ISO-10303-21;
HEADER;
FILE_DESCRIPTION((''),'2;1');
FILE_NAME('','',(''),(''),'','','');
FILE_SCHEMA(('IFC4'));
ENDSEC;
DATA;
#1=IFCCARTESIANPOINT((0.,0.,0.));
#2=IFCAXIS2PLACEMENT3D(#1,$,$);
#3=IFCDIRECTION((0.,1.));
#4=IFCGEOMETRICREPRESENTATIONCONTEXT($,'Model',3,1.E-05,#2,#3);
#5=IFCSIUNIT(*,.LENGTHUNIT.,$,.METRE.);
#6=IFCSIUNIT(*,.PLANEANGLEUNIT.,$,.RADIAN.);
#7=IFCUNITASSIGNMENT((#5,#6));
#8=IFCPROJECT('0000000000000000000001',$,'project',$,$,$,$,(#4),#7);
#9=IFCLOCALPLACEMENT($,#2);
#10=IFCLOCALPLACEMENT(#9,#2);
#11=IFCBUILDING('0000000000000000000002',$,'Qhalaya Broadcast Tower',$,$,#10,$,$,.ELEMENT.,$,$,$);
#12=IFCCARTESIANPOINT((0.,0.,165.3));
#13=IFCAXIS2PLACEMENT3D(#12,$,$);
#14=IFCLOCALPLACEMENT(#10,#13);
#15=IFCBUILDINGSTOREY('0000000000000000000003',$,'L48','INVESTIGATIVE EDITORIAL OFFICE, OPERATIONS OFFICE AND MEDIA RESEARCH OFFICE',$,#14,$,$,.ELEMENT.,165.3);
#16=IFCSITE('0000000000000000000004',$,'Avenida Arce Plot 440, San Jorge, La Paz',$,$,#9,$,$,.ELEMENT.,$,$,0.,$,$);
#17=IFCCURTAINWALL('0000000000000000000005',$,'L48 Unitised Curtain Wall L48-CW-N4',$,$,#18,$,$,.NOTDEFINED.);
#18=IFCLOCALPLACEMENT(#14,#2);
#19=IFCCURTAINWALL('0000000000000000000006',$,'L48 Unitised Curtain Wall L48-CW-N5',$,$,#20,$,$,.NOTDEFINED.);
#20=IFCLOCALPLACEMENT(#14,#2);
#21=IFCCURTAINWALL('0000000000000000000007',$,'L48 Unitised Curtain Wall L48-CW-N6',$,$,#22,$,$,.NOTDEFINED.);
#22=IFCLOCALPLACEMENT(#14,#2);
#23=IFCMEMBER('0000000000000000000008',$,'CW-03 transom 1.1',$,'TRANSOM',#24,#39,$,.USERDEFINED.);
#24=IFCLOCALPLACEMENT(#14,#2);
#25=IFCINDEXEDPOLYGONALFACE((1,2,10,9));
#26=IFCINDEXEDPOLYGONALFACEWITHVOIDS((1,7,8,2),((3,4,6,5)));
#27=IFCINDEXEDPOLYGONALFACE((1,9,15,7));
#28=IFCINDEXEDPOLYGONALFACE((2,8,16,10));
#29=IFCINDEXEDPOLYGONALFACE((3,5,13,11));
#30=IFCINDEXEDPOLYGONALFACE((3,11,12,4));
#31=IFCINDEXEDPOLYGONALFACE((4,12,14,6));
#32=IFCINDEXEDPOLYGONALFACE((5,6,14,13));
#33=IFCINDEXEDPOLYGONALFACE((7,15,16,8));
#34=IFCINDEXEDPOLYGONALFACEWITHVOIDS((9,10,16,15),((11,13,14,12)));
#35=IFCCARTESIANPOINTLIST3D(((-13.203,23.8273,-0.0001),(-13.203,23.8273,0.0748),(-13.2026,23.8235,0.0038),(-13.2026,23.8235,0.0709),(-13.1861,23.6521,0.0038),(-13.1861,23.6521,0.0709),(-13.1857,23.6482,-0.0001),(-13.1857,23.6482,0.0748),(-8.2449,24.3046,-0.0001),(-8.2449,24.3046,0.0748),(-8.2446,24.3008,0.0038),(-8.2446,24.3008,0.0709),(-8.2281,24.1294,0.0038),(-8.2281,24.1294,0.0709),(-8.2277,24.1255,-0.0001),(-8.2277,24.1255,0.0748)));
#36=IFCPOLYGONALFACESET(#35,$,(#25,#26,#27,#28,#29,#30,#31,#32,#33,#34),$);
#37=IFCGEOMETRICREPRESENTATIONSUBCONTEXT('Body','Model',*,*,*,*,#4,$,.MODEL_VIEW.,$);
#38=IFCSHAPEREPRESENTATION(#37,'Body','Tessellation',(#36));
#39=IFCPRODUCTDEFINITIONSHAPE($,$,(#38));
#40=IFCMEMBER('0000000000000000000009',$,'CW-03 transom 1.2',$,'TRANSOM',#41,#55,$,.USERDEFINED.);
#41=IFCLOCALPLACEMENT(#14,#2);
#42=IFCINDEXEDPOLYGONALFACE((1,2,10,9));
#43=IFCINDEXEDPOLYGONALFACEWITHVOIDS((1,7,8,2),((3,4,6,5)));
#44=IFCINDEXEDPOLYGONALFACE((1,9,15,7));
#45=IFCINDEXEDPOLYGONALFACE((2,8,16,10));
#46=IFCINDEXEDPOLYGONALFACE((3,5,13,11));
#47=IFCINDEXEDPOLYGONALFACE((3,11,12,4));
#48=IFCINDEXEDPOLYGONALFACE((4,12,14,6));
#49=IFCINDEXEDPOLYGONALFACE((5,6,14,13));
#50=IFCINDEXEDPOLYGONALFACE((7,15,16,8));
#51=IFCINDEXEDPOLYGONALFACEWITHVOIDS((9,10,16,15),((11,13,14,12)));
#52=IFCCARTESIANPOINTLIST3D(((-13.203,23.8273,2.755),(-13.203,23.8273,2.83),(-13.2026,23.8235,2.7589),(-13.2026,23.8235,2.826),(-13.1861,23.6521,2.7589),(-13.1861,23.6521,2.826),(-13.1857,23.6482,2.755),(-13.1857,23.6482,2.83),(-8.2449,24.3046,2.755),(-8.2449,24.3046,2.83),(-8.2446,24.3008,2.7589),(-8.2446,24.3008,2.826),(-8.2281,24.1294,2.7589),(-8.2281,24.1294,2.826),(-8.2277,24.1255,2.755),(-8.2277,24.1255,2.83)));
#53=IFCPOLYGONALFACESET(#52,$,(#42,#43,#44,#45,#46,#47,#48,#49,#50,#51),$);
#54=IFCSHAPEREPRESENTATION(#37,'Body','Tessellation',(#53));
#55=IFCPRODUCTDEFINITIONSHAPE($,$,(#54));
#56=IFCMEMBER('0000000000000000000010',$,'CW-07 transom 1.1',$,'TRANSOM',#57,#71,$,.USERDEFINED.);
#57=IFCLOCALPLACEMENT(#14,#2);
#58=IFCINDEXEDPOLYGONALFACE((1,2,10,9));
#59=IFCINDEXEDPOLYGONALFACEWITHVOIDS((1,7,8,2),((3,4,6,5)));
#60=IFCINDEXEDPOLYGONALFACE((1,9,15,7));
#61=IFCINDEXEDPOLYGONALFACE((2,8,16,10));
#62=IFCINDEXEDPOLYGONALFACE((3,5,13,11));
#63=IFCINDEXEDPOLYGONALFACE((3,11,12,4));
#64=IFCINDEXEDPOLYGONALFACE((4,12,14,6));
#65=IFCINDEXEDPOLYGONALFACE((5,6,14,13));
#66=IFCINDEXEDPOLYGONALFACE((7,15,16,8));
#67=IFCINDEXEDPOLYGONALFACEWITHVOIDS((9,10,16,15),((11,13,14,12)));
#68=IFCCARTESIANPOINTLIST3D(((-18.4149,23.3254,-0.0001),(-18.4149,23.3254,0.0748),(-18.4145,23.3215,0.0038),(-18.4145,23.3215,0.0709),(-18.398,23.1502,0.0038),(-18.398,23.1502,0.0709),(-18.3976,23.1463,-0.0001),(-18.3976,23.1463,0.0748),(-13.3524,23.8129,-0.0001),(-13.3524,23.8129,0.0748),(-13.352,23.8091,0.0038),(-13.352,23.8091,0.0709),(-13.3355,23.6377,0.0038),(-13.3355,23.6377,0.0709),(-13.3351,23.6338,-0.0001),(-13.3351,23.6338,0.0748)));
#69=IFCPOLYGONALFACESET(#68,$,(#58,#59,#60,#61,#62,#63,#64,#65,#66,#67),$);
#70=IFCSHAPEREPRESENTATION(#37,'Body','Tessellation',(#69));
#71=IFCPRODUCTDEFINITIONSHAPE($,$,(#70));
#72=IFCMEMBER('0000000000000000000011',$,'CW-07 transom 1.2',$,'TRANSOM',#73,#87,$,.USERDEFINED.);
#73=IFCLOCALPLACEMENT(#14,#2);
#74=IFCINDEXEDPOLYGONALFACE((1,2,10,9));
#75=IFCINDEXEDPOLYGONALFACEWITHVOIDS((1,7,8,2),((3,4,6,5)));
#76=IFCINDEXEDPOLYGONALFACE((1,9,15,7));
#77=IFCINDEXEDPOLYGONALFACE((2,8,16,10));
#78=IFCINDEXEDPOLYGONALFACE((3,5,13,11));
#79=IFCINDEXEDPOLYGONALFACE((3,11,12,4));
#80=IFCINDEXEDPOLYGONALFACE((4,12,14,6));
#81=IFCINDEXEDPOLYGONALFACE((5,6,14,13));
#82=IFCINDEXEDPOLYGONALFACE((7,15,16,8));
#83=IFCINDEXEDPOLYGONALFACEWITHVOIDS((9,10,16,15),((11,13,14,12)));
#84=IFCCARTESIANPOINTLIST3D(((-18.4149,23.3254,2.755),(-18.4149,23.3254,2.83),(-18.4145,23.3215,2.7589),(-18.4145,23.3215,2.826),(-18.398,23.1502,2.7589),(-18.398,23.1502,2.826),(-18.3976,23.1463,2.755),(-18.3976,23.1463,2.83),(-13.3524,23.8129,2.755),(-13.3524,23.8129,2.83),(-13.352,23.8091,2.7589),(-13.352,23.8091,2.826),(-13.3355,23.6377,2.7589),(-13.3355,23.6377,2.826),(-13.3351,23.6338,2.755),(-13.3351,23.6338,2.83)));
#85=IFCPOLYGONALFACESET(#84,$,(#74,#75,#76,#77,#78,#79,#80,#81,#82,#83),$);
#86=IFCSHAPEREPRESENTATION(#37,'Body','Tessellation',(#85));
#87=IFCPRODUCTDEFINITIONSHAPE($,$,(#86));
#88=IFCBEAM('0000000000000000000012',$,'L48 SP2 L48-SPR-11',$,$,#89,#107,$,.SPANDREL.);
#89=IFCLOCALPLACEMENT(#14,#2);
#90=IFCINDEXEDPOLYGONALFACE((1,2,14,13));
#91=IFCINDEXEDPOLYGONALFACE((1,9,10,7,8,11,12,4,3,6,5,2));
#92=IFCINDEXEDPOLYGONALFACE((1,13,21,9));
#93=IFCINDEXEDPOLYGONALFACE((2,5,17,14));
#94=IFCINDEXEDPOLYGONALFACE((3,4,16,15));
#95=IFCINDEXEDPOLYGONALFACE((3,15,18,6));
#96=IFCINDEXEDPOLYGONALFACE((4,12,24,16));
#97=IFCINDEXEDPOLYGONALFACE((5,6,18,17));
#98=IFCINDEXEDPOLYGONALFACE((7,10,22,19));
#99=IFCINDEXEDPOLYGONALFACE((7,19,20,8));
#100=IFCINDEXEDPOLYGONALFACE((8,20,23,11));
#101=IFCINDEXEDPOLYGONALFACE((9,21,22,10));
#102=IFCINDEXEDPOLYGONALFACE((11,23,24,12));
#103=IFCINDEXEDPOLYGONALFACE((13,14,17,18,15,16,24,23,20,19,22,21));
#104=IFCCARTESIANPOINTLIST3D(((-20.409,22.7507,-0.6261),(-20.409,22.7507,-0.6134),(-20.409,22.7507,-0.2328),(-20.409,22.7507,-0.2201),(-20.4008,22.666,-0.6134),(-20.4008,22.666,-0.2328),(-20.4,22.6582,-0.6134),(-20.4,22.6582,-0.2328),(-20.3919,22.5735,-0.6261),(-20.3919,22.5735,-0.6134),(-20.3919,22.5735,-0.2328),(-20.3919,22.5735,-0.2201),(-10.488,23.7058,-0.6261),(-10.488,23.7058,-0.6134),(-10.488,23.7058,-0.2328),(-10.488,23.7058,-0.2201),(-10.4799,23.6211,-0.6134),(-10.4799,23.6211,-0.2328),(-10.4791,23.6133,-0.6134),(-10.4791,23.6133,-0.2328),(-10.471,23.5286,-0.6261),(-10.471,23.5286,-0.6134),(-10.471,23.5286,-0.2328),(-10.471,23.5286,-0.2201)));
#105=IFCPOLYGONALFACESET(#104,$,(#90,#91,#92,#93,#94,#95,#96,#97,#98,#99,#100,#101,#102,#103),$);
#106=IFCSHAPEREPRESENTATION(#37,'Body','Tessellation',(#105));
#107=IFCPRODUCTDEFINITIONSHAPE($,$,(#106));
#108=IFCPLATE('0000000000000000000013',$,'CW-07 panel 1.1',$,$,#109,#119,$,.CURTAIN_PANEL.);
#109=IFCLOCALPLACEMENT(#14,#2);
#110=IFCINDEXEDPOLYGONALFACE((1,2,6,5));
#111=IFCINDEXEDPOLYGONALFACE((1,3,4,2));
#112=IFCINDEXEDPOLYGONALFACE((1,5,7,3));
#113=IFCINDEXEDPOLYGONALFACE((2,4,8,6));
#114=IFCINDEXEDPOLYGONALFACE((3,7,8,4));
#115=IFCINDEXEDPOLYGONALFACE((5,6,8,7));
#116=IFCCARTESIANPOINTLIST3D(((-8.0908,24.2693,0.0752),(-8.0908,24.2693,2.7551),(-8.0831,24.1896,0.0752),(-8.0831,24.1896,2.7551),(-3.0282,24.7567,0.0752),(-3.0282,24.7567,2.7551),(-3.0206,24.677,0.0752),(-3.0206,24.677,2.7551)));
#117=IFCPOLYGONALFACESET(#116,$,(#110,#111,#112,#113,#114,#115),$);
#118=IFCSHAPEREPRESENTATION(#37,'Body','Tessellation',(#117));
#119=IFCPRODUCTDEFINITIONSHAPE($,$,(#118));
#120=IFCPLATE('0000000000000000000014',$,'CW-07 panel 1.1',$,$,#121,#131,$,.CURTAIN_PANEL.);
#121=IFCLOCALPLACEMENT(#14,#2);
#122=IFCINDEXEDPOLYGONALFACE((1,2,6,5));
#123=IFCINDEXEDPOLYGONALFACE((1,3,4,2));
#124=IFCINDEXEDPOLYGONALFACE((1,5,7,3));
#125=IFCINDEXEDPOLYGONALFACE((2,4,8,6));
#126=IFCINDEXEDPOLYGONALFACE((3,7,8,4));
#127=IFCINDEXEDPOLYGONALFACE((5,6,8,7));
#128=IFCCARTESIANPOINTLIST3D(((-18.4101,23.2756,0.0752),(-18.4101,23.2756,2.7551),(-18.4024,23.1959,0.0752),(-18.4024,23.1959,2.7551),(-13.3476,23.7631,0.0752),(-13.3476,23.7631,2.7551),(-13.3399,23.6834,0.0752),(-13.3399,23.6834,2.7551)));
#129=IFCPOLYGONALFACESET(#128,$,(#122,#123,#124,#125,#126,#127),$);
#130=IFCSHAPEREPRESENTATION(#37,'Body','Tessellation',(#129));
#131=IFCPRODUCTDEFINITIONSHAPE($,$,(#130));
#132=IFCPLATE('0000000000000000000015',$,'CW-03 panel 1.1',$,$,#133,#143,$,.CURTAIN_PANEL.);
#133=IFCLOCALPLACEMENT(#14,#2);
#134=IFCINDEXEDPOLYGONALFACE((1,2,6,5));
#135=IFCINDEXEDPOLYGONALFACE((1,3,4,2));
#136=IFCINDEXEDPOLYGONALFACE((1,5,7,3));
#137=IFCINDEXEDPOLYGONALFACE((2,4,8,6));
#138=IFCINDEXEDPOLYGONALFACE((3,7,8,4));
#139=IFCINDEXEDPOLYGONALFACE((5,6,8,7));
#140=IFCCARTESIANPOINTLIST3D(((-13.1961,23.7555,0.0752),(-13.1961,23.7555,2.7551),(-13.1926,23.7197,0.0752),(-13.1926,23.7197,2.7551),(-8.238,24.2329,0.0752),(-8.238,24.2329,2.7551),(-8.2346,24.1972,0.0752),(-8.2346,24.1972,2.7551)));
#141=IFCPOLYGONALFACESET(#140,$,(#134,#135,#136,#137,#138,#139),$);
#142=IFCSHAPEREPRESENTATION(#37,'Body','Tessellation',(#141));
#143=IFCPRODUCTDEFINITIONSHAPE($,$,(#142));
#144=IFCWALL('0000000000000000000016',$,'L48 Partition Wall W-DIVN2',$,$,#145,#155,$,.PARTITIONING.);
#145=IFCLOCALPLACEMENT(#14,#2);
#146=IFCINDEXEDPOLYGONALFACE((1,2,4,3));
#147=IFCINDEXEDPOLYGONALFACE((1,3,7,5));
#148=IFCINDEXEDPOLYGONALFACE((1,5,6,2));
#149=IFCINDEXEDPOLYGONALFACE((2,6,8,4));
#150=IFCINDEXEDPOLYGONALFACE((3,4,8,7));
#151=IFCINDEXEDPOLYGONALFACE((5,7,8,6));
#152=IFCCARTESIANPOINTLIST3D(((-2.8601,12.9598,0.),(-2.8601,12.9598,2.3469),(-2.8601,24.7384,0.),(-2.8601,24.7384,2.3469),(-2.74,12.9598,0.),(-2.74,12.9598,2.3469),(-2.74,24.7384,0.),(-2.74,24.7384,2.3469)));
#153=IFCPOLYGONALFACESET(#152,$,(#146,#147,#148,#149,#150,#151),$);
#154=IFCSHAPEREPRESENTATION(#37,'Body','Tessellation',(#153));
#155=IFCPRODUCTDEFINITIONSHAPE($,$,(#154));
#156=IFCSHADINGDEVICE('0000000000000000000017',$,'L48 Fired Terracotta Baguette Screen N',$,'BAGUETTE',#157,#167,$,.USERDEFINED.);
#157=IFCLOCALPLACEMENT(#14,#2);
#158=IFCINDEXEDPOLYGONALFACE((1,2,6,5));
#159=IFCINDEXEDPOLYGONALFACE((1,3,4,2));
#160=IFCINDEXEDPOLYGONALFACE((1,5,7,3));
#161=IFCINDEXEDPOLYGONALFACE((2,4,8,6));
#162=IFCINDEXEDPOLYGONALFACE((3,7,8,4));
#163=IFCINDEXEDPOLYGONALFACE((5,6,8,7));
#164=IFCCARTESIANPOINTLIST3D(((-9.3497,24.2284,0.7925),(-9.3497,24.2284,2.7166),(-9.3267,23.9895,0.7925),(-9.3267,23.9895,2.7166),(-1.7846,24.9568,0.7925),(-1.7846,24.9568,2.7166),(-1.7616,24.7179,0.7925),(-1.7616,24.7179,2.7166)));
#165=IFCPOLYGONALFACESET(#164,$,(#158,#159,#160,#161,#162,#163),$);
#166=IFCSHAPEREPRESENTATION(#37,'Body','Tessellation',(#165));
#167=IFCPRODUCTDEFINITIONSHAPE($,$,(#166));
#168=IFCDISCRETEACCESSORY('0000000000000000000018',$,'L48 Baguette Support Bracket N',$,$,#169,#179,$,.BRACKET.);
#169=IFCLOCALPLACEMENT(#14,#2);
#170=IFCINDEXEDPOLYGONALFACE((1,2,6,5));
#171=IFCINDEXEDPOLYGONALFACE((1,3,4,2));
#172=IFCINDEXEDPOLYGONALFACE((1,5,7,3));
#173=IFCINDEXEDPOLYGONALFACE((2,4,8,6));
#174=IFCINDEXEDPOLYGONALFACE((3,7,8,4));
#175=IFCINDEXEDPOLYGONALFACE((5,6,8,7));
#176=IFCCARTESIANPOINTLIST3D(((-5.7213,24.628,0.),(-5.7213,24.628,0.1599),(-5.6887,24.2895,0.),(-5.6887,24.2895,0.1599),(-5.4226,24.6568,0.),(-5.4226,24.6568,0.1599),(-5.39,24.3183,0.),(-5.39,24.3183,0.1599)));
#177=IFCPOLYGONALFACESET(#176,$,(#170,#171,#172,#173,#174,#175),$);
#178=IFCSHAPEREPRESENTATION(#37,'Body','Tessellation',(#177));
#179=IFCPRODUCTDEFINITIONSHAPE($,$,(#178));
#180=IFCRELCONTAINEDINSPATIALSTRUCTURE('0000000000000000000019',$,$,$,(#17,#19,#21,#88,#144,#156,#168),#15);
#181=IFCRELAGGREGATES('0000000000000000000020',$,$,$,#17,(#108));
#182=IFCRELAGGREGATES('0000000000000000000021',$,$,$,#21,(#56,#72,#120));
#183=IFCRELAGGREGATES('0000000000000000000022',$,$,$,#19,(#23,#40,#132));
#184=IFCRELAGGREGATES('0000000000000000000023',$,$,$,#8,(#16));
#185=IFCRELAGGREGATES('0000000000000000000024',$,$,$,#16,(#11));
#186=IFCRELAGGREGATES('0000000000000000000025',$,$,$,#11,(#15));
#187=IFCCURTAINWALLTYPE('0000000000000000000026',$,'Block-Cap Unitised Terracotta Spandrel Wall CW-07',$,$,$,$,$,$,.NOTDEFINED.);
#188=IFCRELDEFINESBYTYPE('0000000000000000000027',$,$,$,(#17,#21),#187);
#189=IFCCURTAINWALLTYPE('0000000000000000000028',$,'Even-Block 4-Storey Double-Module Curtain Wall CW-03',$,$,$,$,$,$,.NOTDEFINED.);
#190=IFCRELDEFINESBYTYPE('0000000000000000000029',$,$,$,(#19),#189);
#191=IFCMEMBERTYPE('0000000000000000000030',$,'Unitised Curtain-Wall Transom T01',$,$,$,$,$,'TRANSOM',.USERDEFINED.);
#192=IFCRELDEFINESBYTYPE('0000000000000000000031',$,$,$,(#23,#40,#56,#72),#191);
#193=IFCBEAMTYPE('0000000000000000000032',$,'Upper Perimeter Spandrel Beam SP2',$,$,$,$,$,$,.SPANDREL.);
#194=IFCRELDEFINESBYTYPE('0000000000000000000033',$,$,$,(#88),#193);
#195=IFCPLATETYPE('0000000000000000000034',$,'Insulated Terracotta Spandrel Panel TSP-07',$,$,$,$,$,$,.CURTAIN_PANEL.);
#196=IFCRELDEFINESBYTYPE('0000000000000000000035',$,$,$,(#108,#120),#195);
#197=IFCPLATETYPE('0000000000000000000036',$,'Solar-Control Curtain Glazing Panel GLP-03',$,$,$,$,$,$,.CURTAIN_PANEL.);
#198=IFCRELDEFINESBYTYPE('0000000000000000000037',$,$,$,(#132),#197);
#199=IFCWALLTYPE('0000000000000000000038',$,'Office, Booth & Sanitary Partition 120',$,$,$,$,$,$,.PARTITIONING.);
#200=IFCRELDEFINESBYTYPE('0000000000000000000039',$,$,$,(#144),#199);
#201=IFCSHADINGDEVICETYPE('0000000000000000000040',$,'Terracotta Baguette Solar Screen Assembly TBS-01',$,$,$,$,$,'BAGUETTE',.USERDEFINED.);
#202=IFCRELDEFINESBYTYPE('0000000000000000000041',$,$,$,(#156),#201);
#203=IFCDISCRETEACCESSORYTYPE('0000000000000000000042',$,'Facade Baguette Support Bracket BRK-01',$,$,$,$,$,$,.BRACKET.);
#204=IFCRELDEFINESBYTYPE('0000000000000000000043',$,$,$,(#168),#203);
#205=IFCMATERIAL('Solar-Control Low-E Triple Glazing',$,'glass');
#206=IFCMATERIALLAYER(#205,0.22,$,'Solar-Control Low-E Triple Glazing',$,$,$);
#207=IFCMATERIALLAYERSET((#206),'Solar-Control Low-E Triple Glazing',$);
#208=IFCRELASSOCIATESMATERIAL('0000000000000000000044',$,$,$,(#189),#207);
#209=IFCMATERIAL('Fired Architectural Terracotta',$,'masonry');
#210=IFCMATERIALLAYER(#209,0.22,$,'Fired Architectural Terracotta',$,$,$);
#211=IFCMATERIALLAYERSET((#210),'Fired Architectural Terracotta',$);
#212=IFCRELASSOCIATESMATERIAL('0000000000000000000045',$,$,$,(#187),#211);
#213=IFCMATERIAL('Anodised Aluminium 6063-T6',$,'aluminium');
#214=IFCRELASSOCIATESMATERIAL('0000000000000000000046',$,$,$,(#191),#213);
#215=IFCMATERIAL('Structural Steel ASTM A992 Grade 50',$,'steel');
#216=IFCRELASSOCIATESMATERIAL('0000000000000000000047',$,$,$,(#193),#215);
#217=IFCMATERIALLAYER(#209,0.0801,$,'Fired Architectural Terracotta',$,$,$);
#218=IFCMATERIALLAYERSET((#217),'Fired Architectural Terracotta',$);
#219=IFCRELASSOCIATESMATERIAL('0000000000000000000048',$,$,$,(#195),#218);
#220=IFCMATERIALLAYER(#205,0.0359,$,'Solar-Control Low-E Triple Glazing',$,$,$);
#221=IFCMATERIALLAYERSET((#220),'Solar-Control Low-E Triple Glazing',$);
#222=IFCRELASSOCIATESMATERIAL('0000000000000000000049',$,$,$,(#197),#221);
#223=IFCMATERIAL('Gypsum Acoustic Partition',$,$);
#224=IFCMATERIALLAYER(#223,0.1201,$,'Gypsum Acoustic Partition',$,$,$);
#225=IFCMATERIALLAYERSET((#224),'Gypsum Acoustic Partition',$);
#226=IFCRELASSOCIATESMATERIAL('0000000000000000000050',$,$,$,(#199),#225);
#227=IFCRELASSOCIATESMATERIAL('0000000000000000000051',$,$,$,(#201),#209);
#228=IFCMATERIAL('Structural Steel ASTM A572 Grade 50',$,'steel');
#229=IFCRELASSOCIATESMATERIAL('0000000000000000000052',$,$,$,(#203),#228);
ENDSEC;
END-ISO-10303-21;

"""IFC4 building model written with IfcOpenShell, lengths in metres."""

from ifc_helpers import new_model, si_unit, direction, frame, frame_2d, origin, origin_2d, place, context, subcontext, project, spatial, rectangle, hollow_rectangle, i_section, extrude, material, layer, layer_set, material_profile, profile_set, type_object, element, aggregate, save


model = new_model("IFC4")

# Units and contexts
model_context = context("Model", 3, precision=1e-05, world=origin(), true_north=direction((0.0, 1.0)))
body_context = subcontext(model_context, "Body", "Model", "MODEL_VIEW")
ifc_project = project(units=[si_unit("LENGTHUNIT", "METRE"), si_unit("PLANEANGLEUNIT", "RADIAN")], contexts=[model_context])

# Site, building, storey
site_placement = place(None, origin())
site = spatial("IfcSite", under=ifc_project, at=site_placement, Name="Avenida Arce Plot 440, San Jorge, La Paz", CompositionType="ELEMENT", RefElevation=0.0)
building_placement = place(site_placement, origin())
building = spatial("IfcBuilding", under=site, at=building_placement, Name="Qhalaya Broadcast Tower", CompositionType="ELEMENT")
storey_placement = place(building_placement, frame((0.0, 0.0, 165.3)))
storey = spatial("IfcBuildingStorey", under=building, at=storey_placement, Name="L48", Description="INVESTIGATIVE EDITORIAL OFFICE, OPERATIONS OFFICE AND MEDIA RESEARCH OFFICE", CompositionType="ELEMENT", Elevation=165.3)

# Shared definitions
ifc_material_1 = material(Name="Structural Steel ASTM A572 Grade 50", Category="steel")

# Shared definitions
ifc_material_2 = material(Name="Solar-Control Low-E Triple Glazing", Category="glass")
ifc_layer_1 = layer(ifc_material_2, 0.22, Name="Solar-Control Low-E Triple Glazing")
ifc_layer_set_1 = layer_set([ifc_layer_1], Name="Solar-Control Low-E Triple Glazing")
curtain_wall_type_1 = type_object("IfcCurtainWallType", Name="Even-Block 4-Storey Double-Module Curtain Wall CW-03", PredefinedType="NOTDEFINED", material=ifc_layer_set_1)
ifc_material_3 = material(Name="Anodised Aluminium 6063-T6", Category="aluminium")

# Curtain walls
ifc_material_4 = material(Name="Fired Architectural Terracotta", Category="masonry")
ifc_layer_2 = layer(ifc_material_4, 0.22, Name="Fired Architectural Terracotta")
ifc_layer_set_2 = layer_set([ifc_layer_2], Name="Fired Architectural Terracotta")
curtain_wall_type_2 = type_object("IfcCurtainWallType", Name="Block-Cap Unitised Terracotta Spandrel Wall CW-07", PredefinedType="NOTDEFINED", material=ifc_layer_set_2)
curtain_wall_1_placement = place(storey_placement, origin())
curtain_wall_1 = element("IfcCurtainWall", 1, at=curtain_wall_1_placement, inside=storey, type_object=curtain_wall_type_2, Name="L48 Unitised Curtain Wall L48-CW-N4", PredefinedType="NOTDEFINED")
curtain_wall_2_placement = place(storey_placement, origin())
curtain_wall_2 = element("IfcCurtainWall", 2, at=curtain_wall_2_placement, inside=storey, type_object=curtain_wall_type_1, Name="L48 Unitised Curtain Wall L48-CW-N5", PredefinedType="NOTDEFINED")
curtain_wall_3_placement = place(storey_placement, origin())
curtain_wall_3 = element("IfcCurtainWall", 3, at=curtain_wall_3_placement, inside=storey, type_object=curtain_wall_type_2, Name="L48 Unitised Curtain Wall L48-CW-N6", PredefinedType="NOTDEFINED")

# Members
ifc_material_profile_1 = material_profile(ifc_material_3, hollow_rectangle(XDim=0.075, YDim=0.1799, WallThickness=0.0039, at=origin_2d()), Name="ALU-TRN 75x180x4")
ifc_profile_set_1 = profile_set([ifc_material_profile_1], Name="Anodised Aluminium 6063-T6")
member_type_1 = type_object("IfcMemberType", Name="Unitised Curtain-Wall Transom T01", ElementType="TRANSOM", PredefinedType="USERDEFINED", material=ifc_profile_set_1)
member_1_placement = place(storey_placement, frame((-8.2363, 24.2151, 0.0374), z_axis=(-0.995398, -0.095824, 0.0), x_axis=(0.0, 0.0, 1.0)))
member_1 = element("IfcMember", 4, at=member_1_placement, type_object=member_type_1, Name="CW-03 transom 1.1", ObjectType="TRANSOM", PredefinedType="USERDEFINED", context=body_context, shape_type="SweptSolid", body=[
    extrude(hollow_rectangle(XDim=0.075, YDim=0.1799, WallThickness=0.0039, at=origin_2d()), origin(), (0.0, 0.0, 1.0), 4.981),
])
member_2_placement = place(storey_placement, frame((-8.2363, 24.2151, 2.7925), z_axis=(-0.995398, -0.095824, 0.0), x_axis=(0.0, 0.0, 1.0)))
member_2 = element("IfcMember", 5, at=member_2_placement, type_object=member_type_1, Name="CW-03 transom 1.2", ObjectType="TRANSOM", PredefinedType="USERDEFINED", context=body_context, shape_type="SweptSolid", body=[
    extrude(hollow_rectangle(XDim=0.075, YDim=0.1799, WallThickness=0.0039, at=origin_2d()), origin(), (0.0, 0.0, 1.0), 4.981),
])
member_3_placement = place(storey_placement, frame((-13.3438, 23.7234, 0.0374), z_axis=(-0.995395, -0.095862, 0.0), x_axis=(0.0, 0.0, 1.0)))
member_3 = element("IfcMember", 6, at=member_3_placement, type_object=member_type_1, Name="CW-07 transom 1.1", ObjectType="TRANSOM", PredefinedType="USERDEFINED", context=body_context, shape_type="SweptSolid", body=[
    extrude(hollow_rectangle(XDim=0.075, YDim=0.1799, WallThickness=0.0039, at=origin_2d()), origin(), (0.0, 0.0, 1.0), 5.0859),
])
member_4_placement = place(storey_placement, frame((-13.3438, 23.7234, 2.7925), z_axis=(-0.995395, -0.095862, 0.0), x_axis=(0.0, 0.0, 1.0)))
member_4 = element("IfcMember", 7, at=member_4_placement, type_object=member_type_1, Name="CW-07 transom 1.2", ObjectType="TRANSOM", PredefinedType="USERDEFINED", context=body_context, shape_type="SweptSolid", body=[
    extrude(hollow_rectangle(XDim=0.075, YDim=0.1799, WallThickness=0.0039, at=origin_2d()), origin(), (0.0, 0.0, 1.0), 5.0859),
])

# Beam
ifc_material_5 = material(Name="Structural Steel ASTM A992 Grade 50", Category="steel")
ifc_material_profile_2 = material_profile(ifc_material_5, i_section(OverallWidth=0.178, OverallDepth=0.406, WebThickness=0.0078, FlangeThickness=0.0127, at=origin_2d()), Name="W16X40")
ifc_profile_set_2 = profile_set([ifc_material_profile_2], Name="Structural Steel ASTM A992 Grade 50")
beam_type = type_object("IfcBeamType", Name="Upper Perimeter Spandrel Beam SP2", PredefinedType="SPANDREL", material=ifc_profile_set_2)
beam_placement = place(storey_placement, frame((-10.4795, 23.6172, -0.4231), z_axis=(-0.995398, -0.095826, 0.0), x_axis=(0.095826, -0.995398, 0.0)))
element("IfcBeam", 8, at=beam_placement, inside=storey, type_object=beam_type, Name="L48 SP2 L48-SPR-11", PredefinedType="SPANDREL", context=body_context, shape_type="SweptSolid", body=[
    extrude(i_section(OverallWidth=0.178, OverallDepth=0.406, WebThickness=0.0078, FlangeThickness=0.0127, at=origin_2d()), origin(), (0.0, 0.0, 1.0), 9.9668),
])

# Plates
ifc_layer_3 = layer(ifc_material_4, 0.0801, Name="Fired Architectural Terracotta")
ifc_layer_set_3 = layer_set([ifc_layer_3], Name="Fired Architectural Terracotta")
plate_type_1 = type_object("IfcPlateType", Name="Insulated Terracotta Spandrel Panel TSP-07", PredefinedType="CURTAIN_PANEL", material=ifc_layer_set_3)
plate_1_placement = place(storey_placement, frame((-5.5557, 24.4731, 0.0752), z_axis=(0.0, 0.0, 1.0), x_axis=(-0.995397, -0.095837, 0.0)))
plate_1 = element("IfcPlate", 9, at=plate_1_placement, type_object=plate_type_1, Name="CW-07 panel 1.1", PredefinedType="CURTAIN_PANEL", context=body_context, shape_type="SweptSolid", body=[
    extrude(rectangle(XDim=5.0859, YDim=0.0801, at=origin_2d()), origin(), (0.0, 0.0, 1.0), 2.6799),
])
aggregate(curtain_wall_1, [plate_1])
plate_2_placement = place(storey_placement, frame((-15.875, 23.4795, 0.0752), z_axis=(0.0, 0.0, 1.0), x_axis=(-0.995395, -0.095855, 0.0)))
plate_2 = element("IfcPlate", 10, at=plate_2_placement, type_object=plate_type_1, Name="CW-07 panel 1.1", PredefinedType="CURTAIN_PANEL", context=body_context, shape_type="SweptSolid", body=[
    extrude(rectangle(XDim=5.0859, YDim=0.0801, at=origin_2d()), origin(), (0.0, 0.0, 1.0), 2.6799),
])
aggregate(curtain_wall_3, [member_3, member_4, plate_2])
ifc_layer_4 = layer(ifc_material_2, 0.0359, Name="Solar-Control Low-E Triple Glazing")
ifc_layer_set_4 = layer_set([ifc_layer_4], Name="Solar-Control Low-E Triple Glazing")
plate_type_2 = type_object("IfcPlateType", Name="Solar-Control Curtain Glazing Panel GLP-03", PredefinedType="CURTAIN_PANEL", material=ifc_layer_set_4)
plate_3_placement = place(storey_placement, frame((-10.7153, 23.9763, 0.0752), z_axis=(0.0, 0.0, 1.0), x_axis=(-0.995396, -0.095848, 0.0)))
plate_3 = element("IfcPlate", 11, at=plate_3_placement, type_object=plate_type_2, Name="CW-03 panel 1.1", PredefinedType="CURTAIN_PANEL", context=body_context, shape_type="SweptSolid", body=[
    extrude(rectangle(XDim=4.981, YDim=0.0359, at=origin_2d()), origin(), (0.0, 0.0, 1.0), 2.6799),
])
aggregate(curtain_wall_2, [member_1, member_2, plate_3])

# Wall
ifc_material_6 = material(Name="Gypsum Acoustic Partition")
ifc_layer_5 = layer(ifc_material_6, 0.1201, Name="Gypsum Acoustic Partition")
ifc_layer_set_5 = layer_set([ifc_layer_5], Name="Gypsum Acoustic Partition")
wall_type = type_object("IfcWallType", Name="Office, Booth & Sanitary Partition 120", PredefinedType="PARTITIONING", material=ifc_layer_set_5)
wall_placement = place(storey_placement, frame((-2.8, 12.96, 0.0), z_axis=(0.0, 0.0, 1.0), x_axis=(0.0, 1.0, 0.0)))
element("IfcWall", 12, at=wall_placement, inside=storey, type_object=wall_type, Name="L48 Partition Wall W-DIVN2", PredefinedType="PARTITIONING", context=body_context, shape_type="SweptSolid", body=[
    extrude(rectangle(XDim=11.7786, YDim=0.1201, at=frame_2d((5.8892, 0.0))), origin(), (0.0, 0.0, 1.0), 2.3469),
])

# Shading device
shading_device_type = type_object("IfcShadingDeviceType", Name="Terracotta Baguette Solar Screen Assembly TBS-01", ElementType="BAGUETTE", PredefinedType="USERDEFINED", material=ifc_material_4)
shading_device_placement = place(storey_placement, frame((-5.5557, 24.4731, 0.7925), z_axis=(0.0, 0.0, 1.0), x_axis=(-0.995396, -0.095846, 0.0)))
element("IfcShadingDevice", 13, at=shading_device_placement, inside=storey, type_object=shading_device_type, Name="L48 Fired Terracotta Baguette Screen N", ObjectType="BAGUETTE", PredefinedType="USERDEFINED", context=body_context, shape_type="SweptSolid", body=[
    extrude(rectangle(XDim=7.6001, YDim=0.24, at=origin_2d()), origin(), (0.0, 0.0, 1.0), 1.9241),
])

# Discrete accessory
discrete_accessory_type = type_object("IfcDiscreteAccessoryType", Name="Facade Baguette Support Bracket BRK-01", PredefinedType="BRACKET", material=ifc_material_1)
discrete_accessory_placement = place(storey_placement, frame((-5.5557, 24.4731, 0.0), z_axis=(0.0, 0.0, 1.0), x_axis=(-0.995396, -0.095846, 0.0)))
element("IfcDiscreteAccessory", 14, at=discrete_accessory_placement, inside=storey, type_object=discrete_accessory_type, Name="L48 Baguette Support Bracket N", PredefinedType="BRACKET", context=body_context, shape_type="SweptSolid", body=[
    extrude(rectangle(XDim=0.3, YDim=0.3401, at=origin_2d()), origin(), (0.0, 0.0, 1.0), 0.1599),
])

save(model, "model.ifc")
